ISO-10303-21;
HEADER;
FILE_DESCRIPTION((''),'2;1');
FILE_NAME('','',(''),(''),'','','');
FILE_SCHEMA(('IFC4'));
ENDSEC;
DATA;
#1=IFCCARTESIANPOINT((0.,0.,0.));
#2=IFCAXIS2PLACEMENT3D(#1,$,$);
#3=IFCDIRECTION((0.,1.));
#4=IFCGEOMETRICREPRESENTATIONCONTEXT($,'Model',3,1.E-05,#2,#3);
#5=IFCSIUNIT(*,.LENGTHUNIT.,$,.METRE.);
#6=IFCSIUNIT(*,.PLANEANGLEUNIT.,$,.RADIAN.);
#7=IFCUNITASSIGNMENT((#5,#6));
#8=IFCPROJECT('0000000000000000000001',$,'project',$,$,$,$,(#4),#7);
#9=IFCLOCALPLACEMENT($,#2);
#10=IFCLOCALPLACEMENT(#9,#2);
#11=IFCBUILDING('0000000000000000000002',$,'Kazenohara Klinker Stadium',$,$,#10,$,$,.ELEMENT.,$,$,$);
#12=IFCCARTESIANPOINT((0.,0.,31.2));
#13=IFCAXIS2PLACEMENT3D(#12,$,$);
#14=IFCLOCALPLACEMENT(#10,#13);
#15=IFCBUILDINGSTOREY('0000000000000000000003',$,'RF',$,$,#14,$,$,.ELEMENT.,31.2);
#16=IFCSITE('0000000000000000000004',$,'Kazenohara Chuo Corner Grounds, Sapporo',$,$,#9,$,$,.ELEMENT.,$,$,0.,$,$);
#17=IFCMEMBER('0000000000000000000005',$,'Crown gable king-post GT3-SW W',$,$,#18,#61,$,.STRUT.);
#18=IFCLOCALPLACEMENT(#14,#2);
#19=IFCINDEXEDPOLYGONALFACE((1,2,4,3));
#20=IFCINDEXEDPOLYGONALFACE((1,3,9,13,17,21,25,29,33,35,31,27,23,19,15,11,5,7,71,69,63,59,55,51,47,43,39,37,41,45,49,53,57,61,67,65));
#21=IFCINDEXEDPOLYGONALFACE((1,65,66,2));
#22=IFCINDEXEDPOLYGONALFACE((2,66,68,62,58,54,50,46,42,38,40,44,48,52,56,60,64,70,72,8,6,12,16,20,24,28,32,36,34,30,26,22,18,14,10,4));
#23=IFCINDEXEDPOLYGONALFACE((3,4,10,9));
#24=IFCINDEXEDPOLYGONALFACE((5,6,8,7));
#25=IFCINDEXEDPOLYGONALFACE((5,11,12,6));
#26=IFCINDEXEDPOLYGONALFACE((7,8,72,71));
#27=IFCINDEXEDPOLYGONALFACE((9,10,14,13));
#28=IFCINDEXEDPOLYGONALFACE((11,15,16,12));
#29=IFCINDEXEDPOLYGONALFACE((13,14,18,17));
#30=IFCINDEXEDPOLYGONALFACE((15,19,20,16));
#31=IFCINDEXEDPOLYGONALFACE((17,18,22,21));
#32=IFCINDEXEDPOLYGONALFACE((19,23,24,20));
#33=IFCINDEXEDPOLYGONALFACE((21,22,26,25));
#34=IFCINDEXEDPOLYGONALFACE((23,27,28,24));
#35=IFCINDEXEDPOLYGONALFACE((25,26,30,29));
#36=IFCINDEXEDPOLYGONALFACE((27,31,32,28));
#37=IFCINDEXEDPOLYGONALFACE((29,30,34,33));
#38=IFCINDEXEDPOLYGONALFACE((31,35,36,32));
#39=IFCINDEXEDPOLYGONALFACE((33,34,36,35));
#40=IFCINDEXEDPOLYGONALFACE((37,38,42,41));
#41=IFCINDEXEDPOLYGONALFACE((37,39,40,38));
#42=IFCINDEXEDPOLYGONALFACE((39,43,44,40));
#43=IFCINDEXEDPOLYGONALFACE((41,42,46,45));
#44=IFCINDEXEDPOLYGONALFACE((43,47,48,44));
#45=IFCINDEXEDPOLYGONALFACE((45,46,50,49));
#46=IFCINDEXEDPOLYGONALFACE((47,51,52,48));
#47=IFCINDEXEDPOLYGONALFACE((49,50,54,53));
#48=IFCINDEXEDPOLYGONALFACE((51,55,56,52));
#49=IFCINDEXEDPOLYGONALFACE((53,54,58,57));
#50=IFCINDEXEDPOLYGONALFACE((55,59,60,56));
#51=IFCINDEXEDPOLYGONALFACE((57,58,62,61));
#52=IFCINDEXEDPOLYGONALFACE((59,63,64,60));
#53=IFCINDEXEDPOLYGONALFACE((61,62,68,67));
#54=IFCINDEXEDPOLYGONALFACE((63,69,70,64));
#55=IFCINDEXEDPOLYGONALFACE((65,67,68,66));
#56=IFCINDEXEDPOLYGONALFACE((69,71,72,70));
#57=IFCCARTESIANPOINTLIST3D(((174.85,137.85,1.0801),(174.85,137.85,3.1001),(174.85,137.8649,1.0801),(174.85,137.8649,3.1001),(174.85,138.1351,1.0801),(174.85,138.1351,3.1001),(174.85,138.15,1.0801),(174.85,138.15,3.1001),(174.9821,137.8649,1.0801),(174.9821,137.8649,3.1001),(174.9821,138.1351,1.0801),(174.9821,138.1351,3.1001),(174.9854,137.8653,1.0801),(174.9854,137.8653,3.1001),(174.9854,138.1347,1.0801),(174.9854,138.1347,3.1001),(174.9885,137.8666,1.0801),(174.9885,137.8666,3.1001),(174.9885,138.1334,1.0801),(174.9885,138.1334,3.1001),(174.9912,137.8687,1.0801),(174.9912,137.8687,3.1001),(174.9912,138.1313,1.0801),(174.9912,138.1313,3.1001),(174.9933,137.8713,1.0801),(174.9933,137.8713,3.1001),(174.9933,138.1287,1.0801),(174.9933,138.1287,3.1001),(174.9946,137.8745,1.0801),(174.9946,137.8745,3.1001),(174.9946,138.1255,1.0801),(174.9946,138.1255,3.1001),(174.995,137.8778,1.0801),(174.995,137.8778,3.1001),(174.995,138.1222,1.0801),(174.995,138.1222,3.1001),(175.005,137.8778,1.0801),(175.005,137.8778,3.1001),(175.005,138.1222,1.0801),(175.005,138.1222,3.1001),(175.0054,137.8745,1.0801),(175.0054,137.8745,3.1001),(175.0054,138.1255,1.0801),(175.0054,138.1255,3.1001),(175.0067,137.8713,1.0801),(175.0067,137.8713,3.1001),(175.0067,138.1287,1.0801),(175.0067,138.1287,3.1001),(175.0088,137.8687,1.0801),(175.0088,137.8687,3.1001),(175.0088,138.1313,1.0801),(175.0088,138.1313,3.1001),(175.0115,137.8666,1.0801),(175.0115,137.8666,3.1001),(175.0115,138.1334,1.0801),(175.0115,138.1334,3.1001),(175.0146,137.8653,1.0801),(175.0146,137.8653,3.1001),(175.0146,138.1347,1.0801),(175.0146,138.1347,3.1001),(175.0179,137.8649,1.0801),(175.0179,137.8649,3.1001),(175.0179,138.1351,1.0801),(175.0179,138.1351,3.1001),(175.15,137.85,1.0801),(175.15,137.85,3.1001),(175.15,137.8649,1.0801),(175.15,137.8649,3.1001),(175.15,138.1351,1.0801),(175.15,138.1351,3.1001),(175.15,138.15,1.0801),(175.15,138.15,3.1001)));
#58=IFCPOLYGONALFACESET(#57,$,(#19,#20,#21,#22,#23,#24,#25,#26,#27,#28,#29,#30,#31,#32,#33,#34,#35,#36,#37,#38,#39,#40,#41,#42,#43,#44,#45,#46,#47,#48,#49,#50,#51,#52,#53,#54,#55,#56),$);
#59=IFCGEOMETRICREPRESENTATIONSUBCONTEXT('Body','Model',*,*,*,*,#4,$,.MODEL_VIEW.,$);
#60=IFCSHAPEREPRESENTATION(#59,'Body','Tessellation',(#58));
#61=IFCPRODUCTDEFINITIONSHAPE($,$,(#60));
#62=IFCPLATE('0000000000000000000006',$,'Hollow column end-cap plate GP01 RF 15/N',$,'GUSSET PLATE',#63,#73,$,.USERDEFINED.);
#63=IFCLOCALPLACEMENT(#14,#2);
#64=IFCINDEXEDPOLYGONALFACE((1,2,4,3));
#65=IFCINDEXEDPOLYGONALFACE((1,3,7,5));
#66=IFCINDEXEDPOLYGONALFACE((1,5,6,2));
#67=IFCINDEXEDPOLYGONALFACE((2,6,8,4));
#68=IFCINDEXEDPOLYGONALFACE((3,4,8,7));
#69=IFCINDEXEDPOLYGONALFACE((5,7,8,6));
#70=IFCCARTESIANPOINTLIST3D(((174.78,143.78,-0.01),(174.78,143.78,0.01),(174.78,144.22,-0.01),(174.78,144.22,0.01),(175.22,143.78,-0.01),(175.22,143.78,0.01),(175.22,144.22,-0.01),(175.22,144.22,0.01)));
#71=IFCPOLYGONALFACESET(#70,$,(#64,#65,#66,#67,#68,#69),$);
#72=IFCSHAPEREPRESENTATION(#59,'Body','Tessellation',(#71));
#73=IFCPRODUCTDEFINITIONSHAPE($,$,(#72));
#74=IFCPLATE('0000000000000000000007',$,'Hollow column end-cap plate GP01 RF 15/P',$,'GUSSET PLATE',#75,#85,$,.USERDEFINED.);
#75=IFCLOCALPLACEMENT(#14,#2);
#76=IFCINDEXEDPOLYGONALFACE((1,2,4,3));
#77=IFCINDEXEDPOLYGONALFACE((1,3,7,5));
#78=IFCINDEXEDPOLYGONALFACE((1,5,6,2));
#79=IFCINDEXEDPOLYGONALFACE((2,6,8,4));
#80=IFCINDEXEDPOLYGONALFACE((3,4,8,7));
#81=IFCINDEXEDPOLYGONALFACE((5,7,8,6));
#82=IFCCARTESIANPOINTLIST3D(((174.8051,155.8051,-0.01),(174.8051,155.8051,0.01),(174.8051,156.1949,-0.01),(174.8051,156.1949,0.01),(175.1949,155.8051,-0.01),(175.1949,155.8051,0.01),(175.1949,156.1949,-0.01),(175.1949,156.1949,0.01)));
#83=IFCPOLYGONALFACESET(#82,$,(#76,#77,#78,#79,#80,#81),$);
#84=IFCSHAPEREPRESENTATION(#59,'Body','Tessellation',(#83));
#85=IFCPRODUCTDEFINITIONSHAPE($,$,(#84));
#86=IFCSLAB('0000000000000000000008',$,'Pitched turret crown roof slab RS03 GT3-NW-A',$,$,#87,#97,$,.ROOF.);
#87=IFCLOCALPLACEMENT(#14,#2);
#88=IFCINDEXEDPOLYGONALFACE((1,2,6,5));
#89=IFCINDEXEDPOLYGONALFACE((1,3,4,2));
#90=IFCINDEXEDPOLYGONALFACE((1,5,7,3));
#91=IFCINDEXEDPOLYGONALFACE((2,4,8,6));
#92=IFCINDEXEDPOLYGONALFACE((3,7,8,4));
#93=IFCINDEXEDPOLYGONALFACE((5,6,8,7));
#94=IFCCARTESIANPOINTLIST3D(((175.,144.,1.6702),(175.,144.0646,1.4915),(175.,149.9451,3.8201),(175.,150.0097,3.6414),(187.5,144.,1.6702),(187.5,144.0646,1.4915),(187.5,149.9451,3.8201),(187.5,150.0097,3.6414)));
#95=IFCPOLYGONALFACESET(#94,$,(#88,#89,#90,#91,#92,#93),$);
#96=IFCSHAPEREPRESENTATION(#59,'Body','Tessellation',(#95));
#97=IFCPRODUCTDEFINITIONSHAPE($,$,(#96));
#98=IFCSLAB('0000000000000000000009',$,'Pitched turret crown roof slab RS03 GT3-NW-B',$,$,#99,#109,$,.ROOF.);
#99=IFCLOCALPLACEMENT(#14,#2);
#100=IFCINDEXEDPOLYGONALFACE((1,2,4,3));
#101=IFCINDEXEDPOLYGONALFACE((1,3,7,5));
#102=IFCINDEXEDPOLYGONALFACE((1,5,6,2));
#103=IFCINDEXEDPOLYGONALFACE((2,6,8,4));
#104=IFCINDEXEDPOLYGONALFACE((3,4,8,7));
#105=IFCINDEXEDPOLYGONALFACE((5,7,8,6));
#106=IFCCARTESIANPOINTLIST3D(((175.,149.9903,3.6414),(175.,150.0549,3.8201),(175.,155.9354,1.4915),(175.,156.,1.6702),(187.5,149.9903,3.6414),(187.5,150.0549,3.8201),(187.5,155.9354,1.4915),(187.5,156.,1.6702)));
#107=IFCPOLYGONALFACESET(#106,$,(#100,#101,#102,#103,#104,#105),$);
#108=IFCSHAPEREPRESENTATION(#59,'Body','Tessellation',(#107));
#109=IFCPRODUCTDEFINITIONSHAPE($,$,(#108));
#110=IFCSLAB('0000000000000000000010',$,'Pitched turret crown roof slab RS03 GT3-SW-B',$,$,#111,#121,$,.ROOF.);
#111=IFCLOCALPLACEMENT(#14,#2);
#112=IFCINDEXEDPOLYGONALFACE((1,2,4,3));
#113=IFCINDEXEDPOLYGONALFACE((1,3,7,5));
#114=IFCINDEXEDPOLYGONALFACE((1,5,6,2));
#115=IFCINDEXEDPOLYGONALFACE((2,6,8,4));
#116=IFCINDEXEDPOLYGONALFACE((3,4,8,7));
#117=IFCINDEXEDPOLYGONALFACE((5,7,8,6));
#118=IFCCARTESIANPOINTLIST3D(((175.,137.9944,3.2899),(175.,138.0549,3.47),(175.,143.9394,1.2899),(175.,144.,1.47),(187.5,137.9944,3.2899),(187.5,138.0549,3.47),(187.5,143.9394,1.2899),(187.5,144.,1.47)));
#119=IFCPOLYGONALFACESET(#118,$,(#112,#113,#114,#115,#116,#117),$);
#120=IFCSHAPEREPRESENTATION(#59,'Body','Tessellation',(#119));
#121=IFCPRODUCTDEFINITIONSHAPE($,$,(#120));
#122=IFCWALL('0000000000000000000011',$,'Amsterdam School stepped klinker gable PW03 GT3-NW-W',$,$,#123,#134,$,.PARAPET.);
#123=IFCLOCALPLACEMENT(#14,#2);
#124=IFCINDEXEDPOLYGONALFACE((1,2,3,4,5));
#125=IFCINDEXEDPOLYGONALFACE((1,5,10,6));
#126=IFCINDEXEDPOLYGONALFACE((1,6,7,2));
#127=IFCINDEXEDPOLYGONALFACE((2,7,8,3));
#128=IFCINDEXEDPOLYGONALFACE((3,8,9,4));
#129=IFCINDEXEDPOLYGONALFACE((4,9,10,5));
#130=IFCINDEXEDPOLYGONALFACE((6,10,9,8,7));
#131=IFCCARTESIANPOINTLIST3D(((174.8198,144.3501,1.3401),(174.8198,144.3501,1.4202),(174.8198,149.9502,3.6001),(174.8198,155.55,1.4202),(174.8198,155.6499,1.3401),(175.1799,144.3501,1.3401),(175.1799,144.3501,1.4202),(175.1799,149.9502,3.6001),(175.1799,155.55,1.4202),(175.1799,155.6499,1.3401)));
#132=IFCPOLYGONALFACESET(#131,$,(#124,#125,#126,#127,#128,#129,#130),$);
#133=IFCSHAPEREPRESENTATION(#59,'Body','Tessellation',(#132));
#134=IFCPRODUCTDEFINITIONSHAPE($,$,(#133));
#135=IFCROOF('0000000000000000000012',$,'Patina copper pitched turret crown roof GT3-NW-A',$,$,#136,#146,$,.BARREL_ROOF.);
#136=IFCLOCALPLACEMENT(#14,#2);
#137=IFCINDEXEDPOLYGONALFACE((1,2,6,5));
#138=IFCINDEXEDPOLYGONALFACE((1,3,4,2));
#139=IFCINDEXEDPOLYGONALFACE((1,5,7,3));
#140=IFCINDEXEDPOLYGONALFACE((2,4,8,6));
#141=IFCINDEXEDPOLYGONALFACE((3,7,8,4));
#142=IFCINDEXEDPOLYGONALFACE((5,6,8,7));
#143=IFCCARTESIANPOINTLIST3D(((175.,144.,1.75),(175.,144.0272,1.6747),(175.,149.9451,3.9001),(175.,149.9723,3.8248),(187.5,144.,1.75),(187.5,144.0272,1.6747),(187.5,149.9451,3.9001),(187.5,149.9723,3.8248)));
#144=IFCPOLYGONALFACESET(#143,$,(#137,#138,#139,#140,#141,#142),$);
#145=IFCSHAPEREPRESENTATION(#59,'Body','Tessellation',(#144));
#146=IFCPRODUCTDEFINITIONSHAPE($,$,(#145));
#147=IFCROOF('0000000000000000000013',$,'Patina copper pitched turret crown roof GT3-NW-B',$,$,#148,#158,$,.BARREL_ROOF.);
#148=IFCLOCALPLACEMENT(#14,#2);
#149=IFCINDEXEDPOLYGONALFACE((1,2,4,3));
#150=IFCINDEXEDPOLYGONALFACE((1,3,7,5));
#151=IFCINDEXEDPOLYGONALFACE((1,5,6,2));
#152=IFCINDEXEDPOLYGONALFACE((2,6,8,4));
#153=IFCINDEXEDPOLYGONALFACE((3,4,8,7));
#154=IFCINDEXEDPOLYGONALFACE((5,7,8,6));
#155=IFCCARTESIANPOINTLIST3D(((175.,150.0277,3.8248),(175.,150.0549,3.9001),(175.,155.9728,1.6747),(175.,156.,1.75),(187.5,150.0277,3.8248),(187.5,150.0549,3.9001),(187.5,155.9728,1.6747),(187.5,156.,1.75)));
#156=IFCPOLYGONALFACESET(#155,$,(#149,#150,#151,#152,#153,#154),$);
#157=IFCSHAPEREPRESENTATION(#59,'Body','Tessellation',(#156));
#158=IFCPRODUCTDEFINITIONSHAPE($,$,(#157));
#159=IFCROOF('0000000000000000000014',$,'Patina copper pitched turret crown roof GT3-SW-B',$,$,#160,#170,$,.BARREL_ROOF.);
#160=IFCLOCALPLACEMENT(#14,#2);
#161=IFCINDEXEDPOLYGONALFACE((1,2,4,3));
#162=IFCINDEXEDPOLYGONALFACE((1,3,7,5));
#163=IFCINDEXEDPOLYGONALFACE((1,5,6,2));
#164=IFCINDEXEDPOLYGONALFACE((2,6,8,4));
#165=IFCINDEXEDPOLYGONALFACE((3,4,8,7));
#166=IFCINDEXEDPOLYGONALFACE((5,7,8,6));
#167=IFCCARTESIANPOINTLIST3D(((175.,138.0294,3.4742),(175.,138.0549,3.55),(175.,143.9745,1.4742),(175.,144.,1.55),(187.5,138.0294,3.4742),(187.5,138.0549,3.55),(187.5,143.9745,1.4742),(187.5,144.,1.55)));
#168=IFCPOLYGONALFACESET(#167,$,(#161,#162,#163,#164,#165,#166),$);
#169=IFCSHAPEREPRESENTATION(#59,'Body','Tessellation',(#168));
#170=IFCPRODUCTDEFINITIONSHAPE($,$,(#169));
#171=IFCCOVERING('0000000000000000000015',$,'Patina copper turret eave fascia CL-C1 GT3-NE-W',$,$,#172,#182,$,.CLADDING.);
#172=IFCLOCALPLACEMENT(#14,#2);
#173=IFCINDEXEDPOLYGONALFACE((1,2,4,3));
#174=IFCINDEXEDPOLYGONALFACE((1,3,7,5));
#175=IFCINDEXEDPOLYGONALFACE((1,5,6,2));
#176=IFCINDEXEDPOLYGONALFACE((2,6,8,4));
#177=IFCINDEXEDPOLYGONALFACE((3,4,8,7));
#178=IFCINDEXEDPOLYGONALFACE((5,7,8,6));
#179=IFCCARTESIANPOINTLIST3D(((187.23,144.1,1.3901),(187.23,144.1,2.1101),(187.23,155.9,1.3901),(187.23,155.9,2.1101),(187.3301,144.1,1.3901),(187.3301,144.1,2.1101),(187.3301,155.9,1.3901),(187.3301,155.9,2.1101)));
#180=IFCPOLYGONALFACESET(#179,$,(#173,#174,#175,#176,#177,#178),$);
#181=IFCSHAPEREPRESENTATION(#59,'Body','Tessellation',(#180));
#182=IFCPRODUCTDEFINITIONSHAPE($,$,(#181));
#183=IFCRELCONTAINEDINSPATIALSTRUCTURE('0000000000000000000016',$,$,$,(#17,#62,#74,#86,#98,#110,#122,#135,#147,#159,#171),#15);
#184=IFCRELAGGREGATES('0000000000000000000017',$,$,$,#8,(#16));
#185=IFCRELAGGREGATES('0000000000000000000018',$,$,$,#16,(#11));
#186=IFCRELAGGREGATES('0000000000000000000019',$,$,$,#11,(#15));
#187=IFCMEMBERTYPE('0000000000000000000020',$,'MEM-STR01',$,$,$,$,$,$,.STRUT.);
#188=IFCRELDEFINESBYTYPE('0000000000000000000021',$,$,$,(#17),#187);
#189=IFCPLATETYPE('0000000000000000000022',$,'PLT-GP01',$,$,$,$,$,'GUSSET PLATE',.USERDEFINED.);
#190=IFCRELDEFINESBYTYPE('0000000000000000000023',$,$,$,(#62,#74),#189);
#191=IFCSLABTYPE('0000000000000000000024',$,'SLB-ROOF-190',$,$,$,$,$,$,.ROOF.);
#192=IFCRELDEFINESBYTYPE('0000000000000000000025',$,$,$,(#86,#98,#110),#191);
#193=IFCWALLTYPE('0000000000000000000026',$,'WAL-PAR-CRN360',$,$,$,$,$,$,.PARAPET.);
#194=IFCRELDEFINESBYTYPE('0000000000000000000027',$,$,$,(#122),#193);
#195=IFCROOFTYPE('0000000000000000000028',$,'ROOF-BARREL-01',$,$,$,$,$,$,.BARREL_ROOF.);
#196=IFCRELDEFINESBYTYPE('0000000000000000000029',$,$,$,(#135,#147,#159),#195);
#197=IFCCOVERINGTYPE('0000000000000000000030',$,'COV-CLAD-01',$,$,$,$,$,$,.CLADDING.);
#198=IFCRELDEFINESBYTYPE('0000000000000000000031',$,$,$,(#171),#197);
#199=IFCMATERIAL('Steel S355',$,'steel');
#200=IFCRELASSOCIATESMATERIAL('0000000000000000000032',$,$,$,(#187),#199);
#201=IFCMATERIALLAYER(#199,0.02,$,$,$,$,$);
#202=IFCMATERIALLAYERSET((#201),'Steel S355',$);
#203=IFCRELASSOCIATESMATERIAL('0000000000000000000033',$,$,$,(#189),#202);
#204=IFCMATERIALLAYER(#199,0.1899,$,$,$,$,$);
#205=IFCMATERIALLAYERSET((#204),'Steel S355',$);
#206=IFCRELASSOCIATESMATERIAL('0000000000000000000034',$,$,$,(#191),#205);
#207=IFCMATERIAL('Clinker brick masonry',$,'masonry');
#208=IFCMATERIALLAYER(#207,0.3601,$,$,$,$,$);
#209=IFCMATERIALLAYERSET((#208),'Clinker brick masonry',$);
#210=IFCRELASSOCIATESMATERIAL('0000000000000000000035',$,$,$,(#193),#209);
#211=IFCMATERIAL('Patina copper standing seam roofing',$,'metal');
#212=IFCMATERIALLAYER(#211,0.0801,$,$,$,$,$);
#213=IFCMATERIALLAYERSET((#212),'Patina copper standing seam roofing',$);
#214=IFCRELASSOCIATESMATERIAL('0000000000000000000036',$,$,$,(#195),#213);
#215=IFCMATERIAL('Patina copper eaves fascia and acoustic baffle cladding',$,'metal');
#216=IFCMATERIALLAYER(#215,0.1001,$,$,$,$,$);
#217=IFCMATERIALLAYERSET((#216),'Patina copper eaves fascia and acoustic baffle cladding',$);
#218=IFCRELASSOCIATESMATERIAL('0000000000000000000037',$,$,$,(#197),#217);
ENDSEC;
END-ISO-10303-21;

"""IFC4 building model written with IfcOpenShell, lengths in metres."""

from ifc_helpers import new_model, si_unit, direction, frame, origin, origin_2d, place, context, subcontext, project, spatial, polyline, rectangle, i_section, outline, extrude, material, layer, layer_set, material_profile, profile_set, type_object, element, save


model = new_model("IFC4")

# Units and contexts
model_context = context("Model", 3, precision=1e-05, world=origin(), true_north=direction((0.0, 1.0)))
body_context = subcontext(model_context, "Body", "Model", "MODEL_VIEW")
ifc_project = project(units=[si_unit("LENGTHUNIT", "METRE"), si_unit("PLANEANGLEUNIT", "RADIAN")], contexts=[model_context])

# Site, building, storey
site_placement = place(None, origin())
site = spatial("IfcSite", under=ifc_project, at=site_placement, Name="Kazenohara Chuo Corner Grounds, Sapporo", CompositionType="ELEMENT", RefElevation=0.0)
building_placement = place(site_placement, origin())
building = spatial("IfcBuilding", under=site, at=building_placement, Name="Kazenohara Klinker Stadium", CompositionType="ELEMENT")
storey_placement = place(building_placement, frame((0.0, 0.0, 31.2)))
storey = spatial("IfcBuildingStorey", under=building, at=storey_placement, Name="RF", CompositionType="ELEMENT", Elevation=31.2)

# Member
ifc_material_1 = material(Name="Steel S355", Category="steel")
ifc_material_profile_1 = material_profile(ifc_material_1, i_section(OverallWidth=0.3, OverallDepth=0.3, WebThickness=0.01, FlangeThickness=0.0149, FilletRadius=0.0129, at=origin_2d()), Name="H-300x300x10x15")
ifc_profile_set_1 = profile_set([ifc_material_profile_1], Name="Steel S355")
member_type_1 = type_object("IfcMemberType", Name="MEM-STR01", PredefinedType="STRUT", material=ifc_profile_set_1)
member_1_placement = place(storey_placement, frame((175.0, 138.0, 1.0801), z_axis=(0.0, 0.0, 1.0), x_axis=(1.0, 0.0, 0.0)))
element("IfcMember", 1, at=member_1_placement, inside=storey, type_object=member_type_1, Name="Crown gable king-post GT3-SW W", PredefinedType="STRUT", context=body_context, shape_type="SweptSolid", body=[
    extrude(i_section(OverallWidth=0.3, OverallDepth=0.3, WebThickness=0.01, FlangeThickness=0.0149, FilletRadius=0.0129, at=origin_2d()), origin(), (0.0, 0.0, 1.0), 2.02),
])

# Plates
ifc_layer_1 = layer(ifc_material_1, 0.02)
ifc_layer_set_1 = layer_set([ifc_layer_1], Name="Steel S355")
plate_type = type_object("IfcPlateType", Name="PLT-GP01", ElementType="GUSSET PLATE", PredefinedType="USERDEFINED", material=ifc_layer_set_1)
plate_1_placement = place(storey_placement, frame((175.0, 144.0, -0.01), z_axis=(0.0, 0.0, 1.0), x_axis=(1.0, 0.0, 0.0)))
element("IfcPlate", 2, at=plate_1_placement, inside=storey, type_object=plate_type, Name="Hollow column end-cap plate GP01 RF 15/N", ObjectType="GUSSET PLATE", PredefinedType="USERDEFINED", context=body_context, shape_type="SweptSolid", body=[
    extrude(rectangle(XDim=0.4399, YDim=0.4399, at=origin_2d()), origin(), (0.0, 0.0, 1.0), 0.02),
])
plate_2_placement = place(storey_placement, frame((175.0, 156.0, -0.01), z_axis=(0.0, 0.0, 1.0), x_axis=(1.0, 0.0, 0.0)))
element("IfcPlate", 3, at=plate_2_placement, inside=storey, type_object=plate_type, Name="Hollow column end-cap plate GP01 RF 15/P", ObjectType="GUSSET PLATE", PredefinedType="USERDEFINED", context=body_context, shape_type="SweptSolid", body=[
    extrude(rectangle(XDim=0.3899, YDim=0.3899, at=origin_2d()), origin(), (0.0, 0.0, 1.0), 0.02),
])

# Slabs
ifc_layer_2 = layer(ifc_material_1, 0.1899)
ifc_layer_set_2 = layer_set([ifc_layer_2], Name="Steel S355")
slab_type = type_object("IfcSlabType", Name="SLB-ROOF-190", PredefinedType="ROOF", material=ifc_layer_set_2)
for number, where, z_axis, x_axis, name in (
    (4, (175.0, 144.0, 1.6702), (0.0, -0.340074, 0.940399), (1.0, 0.0, 0.0), "Pitched turret crown roof slab RS03 GT3-NW-A"),
    (5, (175.0, 150.0549, 3.8201), (0.0, 0.340074, 0.940399), (1.0, 0.0, 0.0), "Pitched turret crown roof slab RS03 GT3-NW-B"),
):
    element("IfcSlab", number, at=place(storey_placement, frame(where, z_axis=z_axis, x_axis=x_axis)), inside=storey, type_object=slab_type, Name=name, PredefinedType="ROOF", context=body_context, shape_type="SweptSolid", body=[
        extrude(outline(polyline([(0.0, 0.0), (12.5, 0.0), (12.5, 6.3219), (0.0, 6.3219), (0.0, 0.0)])), origin(), (0.0, 0.0, -1.0), 0.1899),
    ])
slab_placement = place(storey_placement, frame((175.0, 138.0549, 3.47), z_axis=(0.0, 0.318854, 0.947804), x_axis=(1.0, 0.0, 0.0)))
element("IfcSlab", 6, at=slab_placement, inside=storey, type_object=slab_type, Name="Pitched turret crown roof slab RS03 GT3-SW-B", PredefinedType="ROOF", context=body_context, shape_type="SweptSolid", body=[
    extrude(outline(polyline([(0.0, 0.0), (12.5, 0.0), (12.5, 6.2725), (0.0, 6.2725), (0.0, 0.0)])), origin(), (0.0, 0.0, -1.0), 0.1899),
])

# Wall
ifc_material_2 = material(Name="Clinker brick masonry", Category="masonry")
ifc_layer_3 = layer(ifc_material_2, 0.3601)
ifc_layer_set_3 = layer_set([ifc_layer_3], Name="Clinker brick masonry")
wall_type = type_object("IfcWallType", Name="WAL-PAR-CRN360", PredefinedType="PARAPET", material=ifc_layer_set_3)
wall_placement = place(storey_placement, frame((175.0, 144.3501, 1.3401), z_axis=(0.0, 0.0, 1.0), x_axis=(0.0, 1.0, 0.0)))
element("IfcWall", 7, at=wall_placement, inside=storey, type_object=wall_type, Name="Amsterdam School stepped klinker gable PW03 GT3-NW-W", PredefinedType="PARAPET", context=body_context, shape_type="SweptSolid", body=[
    extrude(outline(polyline([(0.0, 0.0), (11.2998, 0.0), (11.2, 0.0801), (5.6001, 2.26), (0.0, 0.0801), (0.0, 0.0)])), frame((0.0, 0.1802, 0.0), z_axis=(0.0, -1.0, 0.0), x_axis=(1.0, 0.0, 0.0)), (0.0, 0.0, 1.0), 0.3601),
])

# Roofs
ifc_material_3 = material(Name="Patina copper standing seam roofing", Category="metal")
ifc_layer_4 = layer(ifc_material_3, 0.0801)
ifc_layer_set_4 = layer_set([ifc_layer_4], Name="Patina copper standing seam roofing")
roof_type = type_object("IfcRoofType", Name="ROOF-BARREL-01", PredefinedType="BARREL_ROOF", material=ifc_layer_set_4)
for number, where, z_axis, x_axis, name in (
    (8, (175.0, 144.0, 1.75), (0.0, -0.340108, 0.940386), (1.0, 0.0, 0.0), "Patina copper pitched turret crown roof GT3-NW-A"),
    (9, (175.0, 150.0549, 3.9001), (0.0, 0.340108, 0.940386), (1.0, 0.0, 0.0), "Patina copper pitched turret crown roof GT3-NW-B"),
):
    element("IfcRoof", number, at=place(storey_placement, frame(where, z_axis=z_axis, x_axis=x_axis)), inside=storey, type_object=roof_type, Name=name, PredefinedType="BARREL_ROOF", context=body_context, shape_type="SweptSolid", body=[
        extrude(outline(polyline([(0.0, 0.0), (12.5, 0.0), (12.5, 6.3219), (0.0, 6.3219), (0.0, 0.0)])), origin(), (0.0, 0.0, -1.0), 0.0801),
    ])
roof_placement = place(storey_placement, frame((175.0, 138.0549, 3.55), z_axis=(0.0, 0.318854, 0.947804), x_axis=(1.0, 0.0, 0.0)))
element("IfcRoof", 10, at=roof_placement, inside=storey, type_object=roof_type, Name="Patina copper pitched turret crown roof GT3-SW-B", PredefinedType="BARREL_ROOF", context=body_context, shape_type="SweptSolid", body=[
    extrude(outline(polyline([(0.0, 0.0), (12.5, 0.0), (12.5, 6.2725), (0.0, 6.2725), (0.0, 0.0)])), origin(), (0.0, 0.0, -1.0), 0.0801),
])

# Covering
ifc_material_4 = material(Name="Patina copper eaves fascia and acoustic baffle cladding", Category="metal")
ifc_layer_5 = layer(ifc_material_4, 0.1001)
ifc_layer_set_5 = layer_set([ifc_layer_5], Name="Patina copper eaves fascia and acoustic baffle cladding")
covering_type = type_object("IfcCoveringType", Name="COV-CLAD-01", PredefinedType="CLADDING", material=ifc_layer_set_5)
covering_1_placement = place(storey_placement, frame((187.28, 150.0, 1.3901), z_axis=(0.0, 0.0, 1.0), x_axis=(1.0, 0.0, 0.0)))
element("IfcCovering", 11, at=covering_1_placement, inside=storey, type_object=covering_type, Name="Patina copper turret eave fascia CL-C1 GT3-NE-W", PredefinedType="CLADDING", context=body_context, shape_type="SweptSolid", body=[
    extrude(rectangle(XDim=0.1001, YDim=11.8, at=origin_2d()), origin(), (0.0, 0.0, 1.0), 0.72),
])

save(model, "model.ifc")
